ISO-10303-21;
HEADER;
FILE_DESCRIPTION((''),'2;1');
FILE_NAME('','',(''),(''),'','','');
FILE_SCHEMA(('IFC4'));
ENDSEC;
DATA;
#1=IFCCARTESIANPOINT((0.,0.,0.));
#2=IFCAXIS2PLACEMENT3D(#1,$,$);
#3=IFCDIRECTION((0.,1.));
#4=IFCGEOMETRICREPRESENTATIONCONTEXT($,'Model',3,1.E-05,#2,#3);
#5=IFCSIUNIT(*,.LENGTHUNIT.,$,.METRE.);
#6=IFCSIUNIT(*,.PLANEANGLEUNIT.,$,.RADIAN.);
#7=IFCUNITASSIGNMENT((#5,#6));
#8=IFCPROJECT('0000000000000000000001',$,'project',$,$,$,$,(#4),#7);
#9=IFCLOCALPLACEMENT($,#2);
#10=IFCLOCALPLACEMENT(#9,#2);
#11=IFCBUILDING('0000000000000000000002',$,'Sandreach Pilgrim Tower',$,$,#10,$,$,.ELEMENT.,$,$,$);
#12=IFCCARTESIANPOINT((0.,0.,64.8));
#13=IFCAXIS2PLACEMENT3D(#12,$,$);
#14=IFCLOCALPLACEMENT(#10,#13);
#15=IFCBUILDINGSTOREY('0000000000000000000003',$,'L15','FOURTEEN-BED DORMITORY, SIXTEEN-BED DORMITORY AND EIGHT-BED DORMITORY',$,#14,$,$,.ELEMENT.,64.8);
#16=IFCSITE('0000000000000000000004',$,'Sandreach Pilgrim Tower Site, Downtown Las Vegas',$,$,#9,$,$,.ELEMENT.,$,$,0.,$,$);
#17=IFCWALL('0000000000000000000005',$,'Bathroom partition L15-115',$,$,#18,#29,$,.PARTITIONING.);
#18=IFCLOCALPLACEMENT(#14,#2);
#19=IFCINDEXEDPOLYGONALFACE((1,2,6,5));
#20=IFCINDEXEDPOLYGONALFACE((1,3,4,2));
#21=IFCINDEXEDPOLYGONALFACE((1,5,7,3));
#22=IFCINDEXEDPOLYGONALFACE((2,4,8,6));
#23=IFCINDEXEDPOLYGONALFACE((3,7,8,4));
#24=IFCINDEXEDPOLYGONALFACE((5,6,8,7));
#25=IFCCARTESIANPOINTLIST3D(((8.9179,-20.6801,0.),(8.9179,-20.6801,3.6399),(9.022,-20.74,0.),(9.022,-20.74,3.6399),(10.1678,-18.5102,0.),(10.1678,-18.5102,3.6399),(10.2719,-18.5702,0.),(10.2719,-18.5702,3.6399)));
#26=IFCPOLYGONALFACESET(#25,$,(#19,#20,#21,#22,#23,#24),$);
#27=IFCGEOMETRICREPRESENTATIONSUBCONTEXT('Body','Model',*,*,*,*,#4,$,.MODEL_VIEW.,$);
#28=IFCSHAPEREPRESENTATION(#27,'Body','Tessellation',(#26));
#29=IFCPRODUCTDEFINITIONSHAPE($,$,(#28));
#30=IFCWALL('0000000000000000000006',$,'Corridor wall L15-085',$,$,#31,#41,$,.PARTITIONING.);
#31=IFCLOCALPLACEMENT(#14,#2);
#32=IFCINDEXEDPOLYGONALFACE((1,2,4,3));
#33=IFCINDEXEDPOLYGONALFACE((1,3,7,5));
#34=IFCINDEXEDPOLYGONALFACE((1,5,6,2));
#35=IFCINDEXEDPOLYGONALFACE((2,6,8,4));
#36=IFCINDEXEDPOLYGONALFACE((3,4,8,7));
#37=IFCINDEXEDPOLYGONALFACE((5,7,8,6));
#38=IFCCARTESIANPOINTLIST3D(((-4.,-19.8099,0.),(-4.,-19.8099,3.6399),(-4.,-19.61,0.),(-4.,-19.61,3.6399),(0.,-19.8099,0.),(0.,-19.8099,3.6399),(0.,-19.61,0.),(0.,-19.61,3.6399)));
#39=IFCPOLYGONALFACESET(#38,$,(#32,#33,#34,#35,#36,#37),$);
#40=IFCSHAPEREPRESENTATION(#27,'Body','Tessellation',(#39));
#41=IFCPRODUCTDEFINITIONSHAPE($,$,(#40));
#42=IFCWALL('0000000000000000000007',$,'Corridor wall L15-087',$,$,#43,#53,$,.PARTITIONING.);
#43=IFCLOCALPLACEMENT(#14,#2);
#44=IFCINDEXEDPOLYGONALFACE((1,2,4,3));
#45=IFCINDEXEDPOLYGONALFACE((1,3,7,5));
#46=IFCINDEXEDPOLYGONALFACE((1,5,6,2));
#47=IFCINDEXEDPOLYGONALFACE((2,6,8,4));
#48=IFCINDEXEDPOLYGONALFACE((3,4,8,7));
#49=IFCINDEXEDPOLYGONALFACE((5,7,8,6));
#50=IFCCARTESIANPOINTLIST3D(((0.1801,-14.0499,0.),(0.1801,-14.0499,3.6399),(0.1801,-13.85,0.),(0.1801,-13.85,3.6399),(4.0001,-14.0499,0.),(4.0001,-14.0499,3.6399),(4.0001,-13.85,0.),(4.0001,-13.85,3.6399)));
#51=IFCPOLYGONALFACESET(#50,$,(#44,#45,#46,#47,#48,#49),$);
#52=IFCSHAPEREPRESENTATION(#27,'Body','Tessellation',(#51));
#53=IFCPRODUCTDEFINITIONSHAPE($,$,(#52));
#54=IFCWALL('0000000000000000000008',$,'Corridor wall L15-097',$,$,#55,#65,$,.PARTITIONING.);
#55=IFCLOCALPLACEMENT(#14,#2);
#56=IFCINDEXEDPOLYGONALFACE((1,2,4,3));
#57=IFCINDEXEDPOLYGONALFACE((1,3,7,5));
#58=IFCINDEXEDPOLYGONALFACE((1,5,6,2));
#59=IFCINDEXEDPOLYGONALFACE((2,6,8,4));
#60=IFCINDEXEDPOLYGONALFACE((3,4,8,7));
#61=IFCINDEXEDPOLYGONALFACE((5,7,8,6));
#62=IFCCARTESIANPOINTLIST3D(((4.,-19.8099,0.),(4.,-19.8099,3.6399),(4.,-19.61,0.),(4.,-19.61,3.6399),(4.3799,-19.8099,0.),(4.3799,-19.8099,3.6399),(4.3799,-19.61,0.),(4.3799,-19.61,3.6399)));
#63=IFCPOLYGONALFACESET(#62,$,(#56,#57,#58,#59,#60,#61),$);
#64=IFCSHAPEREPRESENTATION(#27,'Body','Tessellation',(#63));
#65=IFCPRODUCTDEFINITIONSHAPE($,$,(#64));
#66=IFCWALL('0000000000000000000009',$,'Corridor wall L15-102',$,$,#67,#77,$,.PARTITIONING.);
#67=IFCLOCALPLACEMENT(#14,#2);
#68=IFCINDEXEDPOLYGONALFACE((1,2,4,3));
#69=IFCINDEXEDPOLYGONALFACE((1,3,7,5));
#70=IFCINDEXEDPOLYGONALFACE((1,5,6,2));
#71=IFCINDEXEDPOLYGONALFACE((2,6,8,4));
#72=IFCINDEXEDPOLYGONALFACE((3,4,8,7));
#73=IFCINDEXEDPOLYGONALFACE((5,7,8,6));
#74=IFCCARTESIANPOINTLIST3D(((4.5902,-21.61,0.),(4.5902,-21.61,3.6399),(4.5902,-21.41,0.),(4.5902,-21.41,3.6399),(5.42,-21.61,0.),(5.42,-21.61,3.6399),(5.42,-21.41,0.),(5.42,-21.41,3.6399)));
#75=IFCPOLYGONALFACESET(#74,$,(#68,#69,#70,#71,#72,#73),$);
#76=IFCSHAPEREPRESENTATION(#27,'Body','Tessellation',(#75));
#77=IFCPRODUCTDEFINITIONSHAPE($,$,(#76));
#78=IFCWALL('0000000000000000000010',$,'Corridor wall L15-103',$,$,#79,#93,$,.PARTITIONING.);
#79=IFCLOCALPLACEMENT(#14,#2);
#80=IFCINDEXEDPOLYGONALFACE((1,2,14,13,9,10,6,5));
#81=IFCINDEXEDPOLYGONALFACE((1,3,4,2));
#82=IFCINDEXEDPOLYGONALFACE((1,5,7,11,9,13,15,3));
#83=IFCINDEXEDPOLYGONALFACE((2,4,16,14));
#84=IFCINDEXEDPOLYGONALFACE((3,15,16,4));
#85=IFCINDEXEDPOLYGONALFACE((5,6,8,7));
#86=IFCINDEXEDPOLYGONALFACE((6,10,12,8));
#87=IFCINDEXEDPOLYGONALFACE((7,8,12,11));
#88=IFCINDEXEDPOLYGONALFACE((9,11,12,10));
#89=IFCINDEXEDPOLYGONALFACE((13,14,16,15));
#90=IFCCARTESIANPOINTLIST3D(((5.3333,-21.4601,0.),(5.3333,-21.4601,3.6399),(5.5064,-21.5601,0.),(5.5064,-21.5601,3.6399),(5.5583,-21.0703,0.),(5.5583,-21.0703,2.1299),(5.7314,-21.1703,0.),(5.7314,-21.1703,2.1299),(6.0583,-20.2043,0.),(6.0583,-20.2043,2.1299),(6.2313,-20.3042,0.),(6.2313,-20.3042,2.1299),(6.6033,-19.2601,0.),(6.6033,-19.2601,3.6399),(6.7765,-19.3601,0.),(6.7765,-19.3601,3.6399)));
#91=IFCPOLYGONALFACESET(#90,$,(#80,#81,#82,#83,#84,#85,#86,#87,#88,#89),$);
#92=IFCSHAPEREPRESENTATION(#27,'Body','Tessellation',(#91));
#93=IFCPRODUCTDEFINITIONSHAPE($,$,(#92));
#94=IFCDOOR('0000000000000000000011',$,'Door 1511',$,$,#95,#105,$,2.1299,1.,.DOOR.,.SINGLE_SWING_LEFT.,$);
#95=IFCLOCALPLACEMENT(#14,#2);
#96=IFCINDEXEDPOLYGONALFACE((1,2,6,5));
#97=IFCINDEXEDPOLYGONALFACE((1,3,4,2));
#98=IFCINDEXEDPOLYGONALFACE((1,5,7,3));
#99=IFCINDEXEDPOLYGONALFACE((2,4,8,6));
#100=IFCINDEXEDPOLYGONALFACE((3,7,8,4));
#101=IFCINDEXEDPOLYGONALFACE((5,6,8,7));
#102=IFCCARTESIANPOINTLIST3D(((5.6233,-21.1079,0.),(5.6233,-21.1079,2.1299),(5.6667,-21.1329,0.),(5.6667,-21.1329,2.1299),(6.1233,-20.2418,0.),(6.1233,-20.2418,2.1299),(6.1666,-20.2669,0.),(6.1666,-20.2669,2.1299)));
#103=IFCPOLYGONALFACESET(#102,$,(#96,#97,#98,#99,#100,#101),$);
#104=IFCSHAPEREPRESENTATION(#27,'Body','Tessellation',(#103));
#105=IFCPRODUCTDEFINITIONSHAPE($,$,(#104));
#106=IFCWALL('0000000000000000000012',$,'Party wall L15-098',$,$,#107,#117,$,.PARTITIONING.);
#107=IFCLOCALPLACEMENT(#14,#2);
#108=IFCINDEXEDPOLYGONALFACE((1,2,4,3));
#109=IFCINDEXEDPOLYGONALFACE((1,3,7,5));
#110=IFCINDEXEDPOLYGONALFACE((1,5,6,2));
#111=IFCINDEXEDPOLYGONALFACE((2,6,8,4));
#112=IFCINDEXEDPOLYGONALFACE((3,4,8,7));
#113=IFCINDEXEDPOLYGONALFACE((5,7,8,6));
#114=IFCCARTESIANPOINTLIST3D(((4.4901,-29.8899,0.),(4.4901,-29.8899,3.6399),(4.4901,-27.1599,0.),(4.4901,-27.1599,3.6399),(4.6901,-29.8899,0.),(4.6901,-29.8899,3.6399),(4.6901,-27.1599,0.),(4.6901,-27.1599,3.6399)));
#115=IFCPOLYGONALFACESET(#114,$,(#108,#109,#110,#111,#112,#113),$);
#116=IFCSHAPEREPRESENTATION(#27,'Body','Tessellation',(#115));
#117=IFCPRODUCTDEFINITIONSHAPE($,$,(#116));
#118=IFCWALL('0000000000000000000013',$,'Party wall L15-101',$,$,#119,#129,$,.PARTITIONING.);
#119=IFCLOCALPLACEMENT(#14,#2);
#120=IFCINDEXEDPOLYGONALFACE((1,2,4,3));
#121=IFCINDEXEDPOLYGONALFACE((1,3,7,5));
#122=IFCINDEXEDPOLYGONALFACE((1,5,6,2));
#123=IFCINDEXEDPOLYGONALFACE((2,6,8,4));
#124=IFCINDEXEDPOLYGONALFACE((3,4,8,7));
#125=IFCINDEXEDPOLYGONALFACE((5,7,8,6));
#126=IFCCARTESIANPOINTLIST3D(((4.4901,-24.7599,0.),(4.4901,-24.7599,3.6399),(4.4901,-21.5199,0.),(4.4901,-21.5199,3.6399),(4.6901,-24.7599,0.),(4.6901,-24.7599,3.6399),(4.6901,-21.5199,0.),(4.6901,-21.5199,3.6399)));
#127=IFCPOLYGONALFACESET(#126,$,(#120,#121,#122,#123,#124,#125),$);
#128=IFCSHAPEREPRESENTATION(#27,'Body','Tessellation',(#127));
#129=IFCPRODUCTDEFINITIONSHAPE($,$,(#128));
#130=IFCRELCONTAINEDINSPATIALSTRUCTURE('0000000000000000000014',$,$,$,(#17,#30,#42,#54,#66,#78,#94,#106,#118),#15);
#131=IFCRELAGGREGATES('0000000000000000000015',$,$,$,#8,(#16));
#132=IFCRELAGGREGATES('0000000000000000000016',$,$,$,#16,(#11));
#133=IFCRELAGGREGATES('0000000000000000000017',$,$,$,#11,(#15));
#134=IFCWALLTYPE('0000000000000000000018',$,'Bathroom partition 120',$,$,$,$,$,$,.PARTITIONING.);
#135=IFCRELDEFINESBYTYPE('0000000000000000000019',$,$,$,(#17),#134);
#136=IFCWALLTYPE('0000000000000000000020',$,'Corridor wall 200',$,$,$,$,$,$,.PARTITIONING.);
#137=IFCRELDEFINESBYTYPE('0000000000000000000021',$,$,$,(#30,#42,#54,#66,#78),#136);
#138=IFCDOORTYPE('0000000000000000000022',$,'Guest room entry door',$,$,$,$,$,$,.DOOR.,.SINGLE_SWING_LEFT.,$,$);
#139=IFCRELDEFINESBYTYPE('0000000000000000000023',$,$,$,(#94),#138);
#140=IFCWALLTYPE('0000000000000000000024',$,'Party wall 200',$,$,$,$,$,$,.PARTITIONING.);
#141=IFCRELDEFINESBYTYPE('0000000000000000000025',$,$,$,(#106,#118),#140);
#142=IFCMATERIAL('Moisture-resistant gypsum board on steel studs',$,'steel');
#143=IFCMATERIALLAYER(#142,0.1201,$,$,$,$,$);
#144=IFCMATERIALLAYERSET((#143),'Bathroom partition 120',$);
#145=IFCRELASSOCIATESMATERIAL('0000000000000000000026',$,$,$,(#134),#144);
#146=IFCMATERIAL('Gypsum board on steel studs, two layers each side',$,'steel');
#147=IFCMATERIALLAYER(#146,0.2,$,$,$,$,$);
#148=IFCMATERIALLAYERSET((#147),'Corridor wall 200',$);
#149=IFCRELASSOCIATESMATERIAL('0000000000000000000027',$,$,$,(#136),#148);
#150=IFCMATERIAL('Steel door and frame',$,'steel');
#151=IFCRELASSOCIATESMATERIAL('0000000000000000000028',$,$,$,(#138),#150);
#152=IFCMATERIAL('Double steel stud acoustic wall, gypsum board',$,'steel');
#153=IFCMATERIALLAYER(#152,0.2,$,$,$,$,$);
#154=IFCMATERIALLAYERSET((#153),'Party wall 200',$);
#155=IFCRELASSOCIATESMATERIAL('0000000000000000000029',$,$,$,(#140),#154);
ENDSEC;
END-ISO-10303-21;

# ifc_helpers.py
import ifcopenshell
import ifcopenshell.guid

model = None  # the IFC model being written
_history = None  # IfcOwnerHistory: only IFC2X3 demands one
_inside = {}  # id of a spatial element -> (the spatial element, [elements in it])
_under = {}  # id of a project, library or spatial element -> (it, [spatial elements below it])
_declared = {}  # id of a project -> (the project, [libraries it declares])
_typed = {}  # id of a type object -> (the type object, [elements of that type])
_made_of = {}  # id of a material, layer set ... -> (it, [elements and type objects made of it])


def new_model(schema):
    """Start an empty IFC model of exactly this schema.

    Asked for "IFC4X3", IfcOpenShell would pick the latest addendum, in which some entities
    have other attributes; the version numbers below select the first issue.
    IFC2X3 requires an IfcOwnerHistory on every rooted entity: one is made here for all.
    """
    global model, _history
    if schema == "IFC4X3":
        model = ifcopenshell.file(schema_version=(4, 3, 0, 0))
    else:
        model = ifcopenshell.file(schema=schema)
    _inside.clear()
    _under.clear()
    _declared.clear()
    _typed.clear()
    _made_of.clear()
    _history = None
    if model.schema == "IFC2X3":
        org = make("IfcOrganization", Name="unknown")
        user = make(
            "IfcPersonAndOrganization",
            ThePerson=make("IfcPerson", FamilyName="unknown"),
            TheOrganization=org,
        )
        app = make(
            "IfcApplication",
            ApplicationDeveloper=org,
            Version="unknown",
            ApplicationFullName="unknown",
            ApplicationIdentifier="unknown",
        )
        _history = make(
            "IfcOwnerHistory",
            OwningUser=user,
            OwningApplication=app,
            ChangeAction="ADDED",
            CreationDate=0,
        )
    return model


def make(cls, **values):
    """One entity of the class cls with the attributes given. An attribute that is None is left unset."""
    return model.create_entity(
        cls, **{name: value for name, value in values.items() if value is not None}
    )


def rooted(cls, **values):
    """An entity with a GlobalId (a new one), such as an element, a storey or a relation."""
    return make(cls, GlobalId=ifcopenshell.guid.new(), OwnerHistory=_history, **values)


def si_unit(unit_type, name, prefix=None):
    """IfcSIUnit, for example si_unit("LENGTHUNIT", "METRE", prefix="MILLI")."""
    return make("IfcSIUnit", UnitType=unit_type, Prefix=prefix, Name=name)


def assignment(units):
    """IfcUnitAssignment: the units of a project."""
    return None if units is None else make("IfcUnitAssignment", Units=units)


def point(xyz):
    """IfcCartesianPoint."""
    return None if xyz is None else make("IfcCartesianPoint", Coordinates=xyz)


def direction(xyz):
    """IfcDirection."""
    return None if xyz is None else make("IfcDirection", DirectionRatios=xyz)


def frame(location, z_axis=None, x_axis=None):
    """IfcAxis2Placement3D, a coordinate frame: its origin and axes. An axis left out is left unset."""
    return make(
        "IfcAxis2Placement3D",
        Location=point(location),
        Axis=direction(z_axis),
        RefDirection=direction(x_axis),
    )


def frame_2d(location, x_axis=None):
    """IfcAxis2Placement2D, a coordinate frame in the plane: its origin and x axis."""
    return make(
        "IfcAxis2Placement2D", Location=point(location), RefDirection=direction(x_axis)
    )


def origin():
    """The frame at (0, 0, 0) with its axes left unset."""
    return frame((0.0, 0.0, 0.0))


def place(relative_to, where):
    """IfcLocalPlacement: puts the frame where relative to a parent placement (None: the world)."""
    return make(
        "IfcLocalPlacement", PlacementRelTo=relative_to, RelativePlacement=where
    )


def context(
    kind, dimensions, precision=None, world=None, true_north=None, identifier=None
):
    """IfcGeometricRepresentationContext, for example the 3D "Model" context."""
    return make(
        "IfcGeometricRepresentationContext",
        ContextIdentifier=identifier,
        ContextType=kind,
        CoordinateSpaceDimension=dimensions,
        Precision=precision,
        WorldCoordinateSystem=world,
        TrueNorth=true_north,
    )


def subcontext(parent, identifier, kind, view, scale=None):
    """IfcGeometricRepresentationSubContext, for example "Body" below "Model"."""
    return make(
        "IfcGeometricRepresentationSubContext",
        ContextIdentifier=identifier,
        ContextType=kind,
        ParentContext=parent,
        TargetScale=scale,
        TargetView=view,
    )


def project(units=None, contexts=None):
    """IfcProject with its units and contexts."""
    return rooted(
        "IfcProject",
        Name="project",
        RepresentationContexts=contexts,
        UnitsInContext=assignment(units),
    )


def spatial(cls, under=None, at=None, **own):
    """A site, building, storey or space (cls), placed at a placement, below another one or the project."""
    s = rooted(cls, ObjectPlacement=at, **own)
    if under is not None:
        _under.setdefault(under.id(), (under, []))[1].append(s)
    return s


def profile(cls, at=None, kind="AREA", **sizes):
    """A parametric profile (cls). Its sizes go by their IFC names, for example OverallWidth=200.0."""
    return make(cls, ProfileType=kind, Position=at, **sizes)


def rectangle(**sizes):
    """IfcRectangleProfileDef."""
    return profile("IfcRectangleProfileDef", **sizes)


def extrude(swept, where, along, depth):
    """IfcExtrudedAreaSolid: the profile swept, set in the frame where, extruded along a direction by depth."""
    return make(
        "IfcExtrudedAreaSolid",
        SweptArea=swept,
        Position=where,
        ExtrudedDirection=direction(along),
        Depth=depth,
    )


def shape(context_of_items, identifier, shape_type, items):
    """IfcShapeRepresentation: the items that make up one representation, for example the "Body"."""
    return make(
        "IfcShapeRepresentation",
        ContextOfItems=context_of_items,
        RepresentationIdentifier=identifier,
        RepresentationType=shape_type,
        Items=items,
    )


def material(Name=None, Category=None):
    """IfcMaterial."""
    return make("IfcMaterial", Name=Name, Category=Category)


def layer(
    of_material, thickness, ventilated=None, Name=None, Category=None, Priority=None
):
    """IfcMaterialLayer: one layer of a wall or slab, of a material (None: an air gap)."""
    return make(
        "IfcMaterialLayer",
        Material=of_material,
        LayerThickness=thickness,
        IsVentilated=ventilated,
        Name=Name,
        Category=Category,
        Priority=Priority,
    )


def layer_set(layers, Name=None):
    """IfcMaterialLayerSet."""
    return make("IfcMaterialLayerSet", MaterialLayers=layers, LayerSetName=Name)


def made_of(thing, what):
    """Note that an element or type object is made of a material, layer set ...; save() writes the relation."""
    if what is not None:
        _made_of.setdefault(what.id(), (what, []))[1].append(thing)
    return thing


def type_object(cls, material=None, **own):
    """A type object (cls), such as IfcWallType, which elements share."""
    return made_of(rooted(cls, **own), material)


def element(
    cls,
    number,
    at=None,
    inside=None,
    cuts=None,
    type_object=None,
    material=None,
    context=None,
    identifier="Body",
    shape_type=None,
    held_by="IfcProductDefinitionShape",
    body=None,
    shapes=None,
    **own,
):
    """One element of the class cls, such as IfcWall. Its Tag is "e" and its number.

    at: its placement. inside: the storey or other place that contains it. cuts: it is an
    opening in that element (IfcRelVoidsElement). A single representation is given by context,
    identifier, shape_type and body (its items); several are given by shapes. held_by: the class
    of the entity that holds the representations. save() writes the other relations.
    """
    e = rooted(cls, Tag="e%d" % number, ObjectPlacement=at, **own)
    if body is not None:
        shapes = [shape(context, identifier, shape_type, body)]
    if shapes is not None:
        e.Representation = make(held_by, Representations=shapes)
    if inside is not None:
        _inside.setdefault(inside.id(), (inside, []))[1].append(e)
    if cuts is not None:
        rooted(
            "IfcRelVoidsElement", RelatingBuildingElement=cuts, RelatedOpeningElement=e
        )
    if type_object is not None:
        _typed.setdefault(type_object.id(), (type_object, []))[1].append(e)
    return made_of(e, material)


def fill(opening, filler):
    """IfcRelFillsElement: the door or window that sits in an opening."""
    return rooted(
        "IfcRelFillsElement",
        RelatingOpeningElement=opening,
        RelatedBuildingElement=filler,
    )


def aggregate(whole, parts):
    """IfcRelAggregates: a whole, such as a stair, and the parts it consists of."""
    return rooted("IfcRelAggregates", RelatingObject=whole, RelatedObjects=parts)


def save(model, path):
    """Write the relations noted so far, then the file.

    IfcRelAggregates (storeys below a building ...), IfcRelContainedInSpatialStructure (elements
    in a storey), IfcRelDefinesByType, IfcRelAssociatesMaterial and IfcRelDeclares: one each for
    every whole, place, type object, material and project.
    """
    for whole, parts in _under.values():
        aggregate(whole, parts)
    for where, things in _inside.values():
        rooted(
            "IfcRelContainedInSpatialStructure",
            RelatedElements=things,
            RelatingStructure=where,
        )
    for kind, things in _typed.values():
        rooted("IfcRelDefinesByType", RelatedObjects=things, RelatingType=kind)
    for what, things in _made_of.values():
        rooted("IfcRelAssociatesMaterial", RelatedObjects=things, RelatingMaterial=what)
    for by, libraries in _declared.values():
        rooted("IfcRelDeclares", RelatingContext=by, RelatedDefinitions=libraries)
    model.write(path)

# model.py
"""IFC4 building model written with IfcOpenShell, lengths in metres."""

from ifc_helpers import new_model, si_unit, direction, frame, frame_2d, origin, place, context, subcontext, project, spatial, rectangle, extrude, material, layer, layer_set, type_object, element, fill, save


model = new_model("IFC4")

# Units and contexts
model_context = context("Model", 3, precision=1e-05, world=origin(), true_north=direction((0.0, 1.0)))
body_context = subcontext(model_context, "Body", "Model", "MODEL_VIEW")
ifc_project = project(units=[si_unit("LENGTHUNIT", "METRE"), si_unit("PLANEANGLEUNIT", "RADIAN")], contexts=[model_context])

# Site, building, storey
site_placement = place(None, origin())
site = spatial("IfcSite", under=ifc_project, at=site_placement, Name="Sandreach Pilgrim Tower Site, Downtown Las Vegas", CompositionType="ELEMENT", RefElevation=0.0)
building_placement = place(site_placement, origin())
building = spatial("IfcBuilding", under=site, at=building_placement, Name="Sandreach Pilgrim Tower", CompositionType="ELEMENT")
storey_placement = place(building_placement, frame((0.0, 0.0, 64.8)))
storey = spatial("IfcBuildingStorey", under=building, at=storey_placement, Name="L15", Description="FOURTEEN-BED DORMITORY, SIXTEEN-BED DORMITORY AND EIGHT-BED DORMITORY", CompositionType="ELEMENT", Elevation=64.8)

# Shared definitions
ifc_material_1 = material(Name="Moisture-resistant gypsum board on steel studs", Category="steel")
ifc_layer_1 = layer(ifc_material_1, 0.1201)
ifc_layer_set_1 = layer_set([ifc_layer_1], Name="Bathroom partition 120")
wall_type_1 = type_object("IfcWallType", Name="Bathroom partition 120", PredefinedType="PARTITIONING", material=ifc_layer_set_1)

# Walls
wall_1_placement = place(storey_placement, frame((8.97, -20.71, 0.0), z_axis=(0.0, 0.0, 1.0), x_axis=(0.49916, 0.86651, 0.0)))
element("IfcWall", 1, at=wall_1_placement, inside=storey, type_object=wall_type_1, Name="Bathroom partition L15-115", PredefinedType="PARTITIONING", context=body_context, shape_type="SweptSolid", body=[
    extrude(rectangle(XDim=2.5042, YDim=0.1201, at=frame_2d((1.252, 0.0))), origin(), (0.0, 0.0, 1.0), 3.6399),
])
ifc_material_2 = material(Name="Gypsum board on steel studs, two layers each side", Category="steel")
ifc_layer_2 = layer(ifc_material_2, 0.2)
ifc_layer_set_2 = layer_set([ifc_layer_2], Name="Corridor wall 200")
wall_type_2 = type_object("IfcWallType", Name="Corridor wall 200", PredefinedType="PARTITIONING", material=ifc_layer_set_2)
wall_2_placement = place(storey_placement, frame((0.0, -19.71, 0.0), z_axis=(0.0, 0.0, 1.0), x_axis=(-1.0, 0.0, 0.0)))
element("IfcWall", 2, at=wall_2_placement, inside=storey, type_object=wall_type_2, Name="Corridor wall L15-085", PredefinedType="PARTITIONING", context=body_context, shape_type="SweptSolid", body=[
    extrude(rectangle(XDim=4.0, YDim=0.2, at=frame_2d((2.0, 0.0))), origin(), (0.0, 0.0, 1.0), 3.6399),
])
wall_3_placement = place(storey_placement, frame((0.1799, -13.95, 0.0), z_axis=(0.0, 0.0, 1.0), x_axis=(1.0, 0.0, 0.0)))
element("IfcWall", 3, at=wall_3_placement, inside=storey, type_object=wall_type_2, Name="Corridor wall L15-087", PredefinedType="PARTITIONING", context=body_context, shape_type="SweptSolid", body=[
    extrude(rectangle(XDim=3.8201, YDim=0.2, at=frame_2d((1.9102, 0.0))), origin(), (0.0, 0.0, 1.0), 3.6399),
])

# Walls
wall_4_placement = place(storey_placement, frame((4.3799, -19.71, 0.0), z_axis=(0.0, 0.0, 1.0), x_axis=(-1.0, 0.0, 0.0)))
element("IfcWall", 4, at=wall_4_placement, inside=storey, type_object=wall_type_2, Name="Corridor wall L15-097", PredefinedType="PARTITIONING", context=body_context, shape_type="SweptSolid", body=[
    extrude(rectangle(XDim=0.3799, YDim=0.2, at=frame_2d((0.1899, 0.0))), origin(), (0.0, 0.0, 1.0), 3.6399),
])
wall_5_placement = place(storey_placement, frame((4.5901, -21.51, 0.0), z_axis=(0.0, 0.0, 1.0), x_axis=(1.0, 0.0, 0.0)))
element("IfcWall", 5, at=wall_5_placement, inside=storey, type_object=wall_type_2, Name="Corridor wall L15-102", PredefinedType="PARTITIONING", context=body_context, shape_type="SweptSolid", body=[
    extrude(rectangle(XDim=0.8298, YDim=0.2, at=frame_2d((0.415, 0.0))), origin(), (0.0, 0.0, 1.0), 3.6399),
])

# Wall, opening, door
wall_6_placement = place(storey_placement, frame((5.4199, -21.51, 0.0), z_axis=(0.0, 0.0, 1.0), x_axis=(0.499964, 0.866046, 0.0)))
wall_6 = element("IfcWall", 6, at=wall_6_placement, inside=storey, type_object=wall_type_2, Name="Corridor wall L15-103", PredefinedType="PARTITIONING", context=body_context, shape_type="SweptSolid", body=[
    extrude(rectangle(XDim=2.5403, YDim=0.2, at=frame_2d((1.27, 0.0))), origin(), (0.0, 0.0, 1.0), 3.6399),
])
opening_1_placement = place(wall_6_placement, frame((0.45, 0.0, 0.0)))
opening_1 = element("IfcOpeningElement", 7, at=opening_1_placement, cuts=wall_6, PredefinedType="OPENING", context=body_context, shape_type="SweptSolid", body=[
    extrude(rectangle(XDim=1.0, YDim=2.1299, at=frame_2d((0.5, 1.0649))), frame((0.0, 0.1001, 0.0), z_axis=(0.0, -1.0, 0.0), x_axis=(1.0, 0.0, 0.0)), (0.0, 0.0, 1.0), 0.2),
])
ifc_material_3 = material(Name="Steel door and frame", Category="steel")
door_type_1 = type_object("IfcDoorType", Name="Guest room entry door", OperationType="SINGLE_SWING_LEFT", PredefinedType="DOOR", material=ifc_material_3)
door_1_placement = place(opening_1_placement, origin())
door_1 = element("IfcDoor", 8, at=door_1_placement, inside=storey, type_object=door_type_1, Name="Door 1511", OperationType="SINGLE_SWING_LEFT", OverallHeight=2.1299, OverallWidth=1.0, PredefinedType="DOOR", context=body_context, shape_type="SweptSolid", body=[
    extrude(rectangle(XDim=1.0, YDim=2.1299, at=frame_2d((0.5, 1.0649))), frame((0.0, 0.0249, 0.0), z_axis=(0.0, -1.0, 0.0), x_axis=(1.0, 0.0, 0.0)), (0.0, 0.0, 1.0), 0.05),
])
fill(opening_1, door_1)

# Walls
ifc_material_4 = material(Name="Double steel stud acoustic wall, gypsum board", Category="steel")
ifc_layer_3 = layer(ifc_material_4, 0.2)
ifc_layer_set_3 = layer_set([ifc_layer_3], Name="Party wall 200")
wall_type_3 = type_object("IfcWallType", Name="Party wall 200", PredefinedType="PARTITIONING", material=ifc_layer_set_3)
wall_7_placement = place(storey_placement, frame((4.5901, -29.8899, 0.0), z_axis=(0.0, 0.0, 1.0), x_axis=(0.0, 1.0, 0.0)))
element("IfcWall", 9, at=wall_7_placement, inside=storey, type_object=wall_type_3, Name="Party wall L15-098", PredefinedType="PARTITIONING", context=body_context, shape_type="SweptSolid", body=[
    extrude(rectangle(XDim=2.73, YDim=0.2, at=frame_2d((1.365, 0.0))), origin(), (0.0, 0.0, 1.0), 3.6399),
])
wall_8_placement = place(storey_placement, frame((4.5901, -24.76, 0.0), z_axis=(0.0, 0.0, 1.0), x_axis=(0.0, 1.0, 0.0)))
element("IfcWall", 10, at=wall_8_placement, inside=storey, type_object=wall_type_3, Name="Party wall L15-101", PredefinedType="PARTITIONING", context=body_context, shape_type="SweptSolid", body=[
    extrude(rectangle(XDim=3.24, YDim=0.2, at=frame_2d((1.6201, 0.0))), origin(), (0.0, 0.0, 1.0), 3.6399),
])

save(model, "model.ifc")
